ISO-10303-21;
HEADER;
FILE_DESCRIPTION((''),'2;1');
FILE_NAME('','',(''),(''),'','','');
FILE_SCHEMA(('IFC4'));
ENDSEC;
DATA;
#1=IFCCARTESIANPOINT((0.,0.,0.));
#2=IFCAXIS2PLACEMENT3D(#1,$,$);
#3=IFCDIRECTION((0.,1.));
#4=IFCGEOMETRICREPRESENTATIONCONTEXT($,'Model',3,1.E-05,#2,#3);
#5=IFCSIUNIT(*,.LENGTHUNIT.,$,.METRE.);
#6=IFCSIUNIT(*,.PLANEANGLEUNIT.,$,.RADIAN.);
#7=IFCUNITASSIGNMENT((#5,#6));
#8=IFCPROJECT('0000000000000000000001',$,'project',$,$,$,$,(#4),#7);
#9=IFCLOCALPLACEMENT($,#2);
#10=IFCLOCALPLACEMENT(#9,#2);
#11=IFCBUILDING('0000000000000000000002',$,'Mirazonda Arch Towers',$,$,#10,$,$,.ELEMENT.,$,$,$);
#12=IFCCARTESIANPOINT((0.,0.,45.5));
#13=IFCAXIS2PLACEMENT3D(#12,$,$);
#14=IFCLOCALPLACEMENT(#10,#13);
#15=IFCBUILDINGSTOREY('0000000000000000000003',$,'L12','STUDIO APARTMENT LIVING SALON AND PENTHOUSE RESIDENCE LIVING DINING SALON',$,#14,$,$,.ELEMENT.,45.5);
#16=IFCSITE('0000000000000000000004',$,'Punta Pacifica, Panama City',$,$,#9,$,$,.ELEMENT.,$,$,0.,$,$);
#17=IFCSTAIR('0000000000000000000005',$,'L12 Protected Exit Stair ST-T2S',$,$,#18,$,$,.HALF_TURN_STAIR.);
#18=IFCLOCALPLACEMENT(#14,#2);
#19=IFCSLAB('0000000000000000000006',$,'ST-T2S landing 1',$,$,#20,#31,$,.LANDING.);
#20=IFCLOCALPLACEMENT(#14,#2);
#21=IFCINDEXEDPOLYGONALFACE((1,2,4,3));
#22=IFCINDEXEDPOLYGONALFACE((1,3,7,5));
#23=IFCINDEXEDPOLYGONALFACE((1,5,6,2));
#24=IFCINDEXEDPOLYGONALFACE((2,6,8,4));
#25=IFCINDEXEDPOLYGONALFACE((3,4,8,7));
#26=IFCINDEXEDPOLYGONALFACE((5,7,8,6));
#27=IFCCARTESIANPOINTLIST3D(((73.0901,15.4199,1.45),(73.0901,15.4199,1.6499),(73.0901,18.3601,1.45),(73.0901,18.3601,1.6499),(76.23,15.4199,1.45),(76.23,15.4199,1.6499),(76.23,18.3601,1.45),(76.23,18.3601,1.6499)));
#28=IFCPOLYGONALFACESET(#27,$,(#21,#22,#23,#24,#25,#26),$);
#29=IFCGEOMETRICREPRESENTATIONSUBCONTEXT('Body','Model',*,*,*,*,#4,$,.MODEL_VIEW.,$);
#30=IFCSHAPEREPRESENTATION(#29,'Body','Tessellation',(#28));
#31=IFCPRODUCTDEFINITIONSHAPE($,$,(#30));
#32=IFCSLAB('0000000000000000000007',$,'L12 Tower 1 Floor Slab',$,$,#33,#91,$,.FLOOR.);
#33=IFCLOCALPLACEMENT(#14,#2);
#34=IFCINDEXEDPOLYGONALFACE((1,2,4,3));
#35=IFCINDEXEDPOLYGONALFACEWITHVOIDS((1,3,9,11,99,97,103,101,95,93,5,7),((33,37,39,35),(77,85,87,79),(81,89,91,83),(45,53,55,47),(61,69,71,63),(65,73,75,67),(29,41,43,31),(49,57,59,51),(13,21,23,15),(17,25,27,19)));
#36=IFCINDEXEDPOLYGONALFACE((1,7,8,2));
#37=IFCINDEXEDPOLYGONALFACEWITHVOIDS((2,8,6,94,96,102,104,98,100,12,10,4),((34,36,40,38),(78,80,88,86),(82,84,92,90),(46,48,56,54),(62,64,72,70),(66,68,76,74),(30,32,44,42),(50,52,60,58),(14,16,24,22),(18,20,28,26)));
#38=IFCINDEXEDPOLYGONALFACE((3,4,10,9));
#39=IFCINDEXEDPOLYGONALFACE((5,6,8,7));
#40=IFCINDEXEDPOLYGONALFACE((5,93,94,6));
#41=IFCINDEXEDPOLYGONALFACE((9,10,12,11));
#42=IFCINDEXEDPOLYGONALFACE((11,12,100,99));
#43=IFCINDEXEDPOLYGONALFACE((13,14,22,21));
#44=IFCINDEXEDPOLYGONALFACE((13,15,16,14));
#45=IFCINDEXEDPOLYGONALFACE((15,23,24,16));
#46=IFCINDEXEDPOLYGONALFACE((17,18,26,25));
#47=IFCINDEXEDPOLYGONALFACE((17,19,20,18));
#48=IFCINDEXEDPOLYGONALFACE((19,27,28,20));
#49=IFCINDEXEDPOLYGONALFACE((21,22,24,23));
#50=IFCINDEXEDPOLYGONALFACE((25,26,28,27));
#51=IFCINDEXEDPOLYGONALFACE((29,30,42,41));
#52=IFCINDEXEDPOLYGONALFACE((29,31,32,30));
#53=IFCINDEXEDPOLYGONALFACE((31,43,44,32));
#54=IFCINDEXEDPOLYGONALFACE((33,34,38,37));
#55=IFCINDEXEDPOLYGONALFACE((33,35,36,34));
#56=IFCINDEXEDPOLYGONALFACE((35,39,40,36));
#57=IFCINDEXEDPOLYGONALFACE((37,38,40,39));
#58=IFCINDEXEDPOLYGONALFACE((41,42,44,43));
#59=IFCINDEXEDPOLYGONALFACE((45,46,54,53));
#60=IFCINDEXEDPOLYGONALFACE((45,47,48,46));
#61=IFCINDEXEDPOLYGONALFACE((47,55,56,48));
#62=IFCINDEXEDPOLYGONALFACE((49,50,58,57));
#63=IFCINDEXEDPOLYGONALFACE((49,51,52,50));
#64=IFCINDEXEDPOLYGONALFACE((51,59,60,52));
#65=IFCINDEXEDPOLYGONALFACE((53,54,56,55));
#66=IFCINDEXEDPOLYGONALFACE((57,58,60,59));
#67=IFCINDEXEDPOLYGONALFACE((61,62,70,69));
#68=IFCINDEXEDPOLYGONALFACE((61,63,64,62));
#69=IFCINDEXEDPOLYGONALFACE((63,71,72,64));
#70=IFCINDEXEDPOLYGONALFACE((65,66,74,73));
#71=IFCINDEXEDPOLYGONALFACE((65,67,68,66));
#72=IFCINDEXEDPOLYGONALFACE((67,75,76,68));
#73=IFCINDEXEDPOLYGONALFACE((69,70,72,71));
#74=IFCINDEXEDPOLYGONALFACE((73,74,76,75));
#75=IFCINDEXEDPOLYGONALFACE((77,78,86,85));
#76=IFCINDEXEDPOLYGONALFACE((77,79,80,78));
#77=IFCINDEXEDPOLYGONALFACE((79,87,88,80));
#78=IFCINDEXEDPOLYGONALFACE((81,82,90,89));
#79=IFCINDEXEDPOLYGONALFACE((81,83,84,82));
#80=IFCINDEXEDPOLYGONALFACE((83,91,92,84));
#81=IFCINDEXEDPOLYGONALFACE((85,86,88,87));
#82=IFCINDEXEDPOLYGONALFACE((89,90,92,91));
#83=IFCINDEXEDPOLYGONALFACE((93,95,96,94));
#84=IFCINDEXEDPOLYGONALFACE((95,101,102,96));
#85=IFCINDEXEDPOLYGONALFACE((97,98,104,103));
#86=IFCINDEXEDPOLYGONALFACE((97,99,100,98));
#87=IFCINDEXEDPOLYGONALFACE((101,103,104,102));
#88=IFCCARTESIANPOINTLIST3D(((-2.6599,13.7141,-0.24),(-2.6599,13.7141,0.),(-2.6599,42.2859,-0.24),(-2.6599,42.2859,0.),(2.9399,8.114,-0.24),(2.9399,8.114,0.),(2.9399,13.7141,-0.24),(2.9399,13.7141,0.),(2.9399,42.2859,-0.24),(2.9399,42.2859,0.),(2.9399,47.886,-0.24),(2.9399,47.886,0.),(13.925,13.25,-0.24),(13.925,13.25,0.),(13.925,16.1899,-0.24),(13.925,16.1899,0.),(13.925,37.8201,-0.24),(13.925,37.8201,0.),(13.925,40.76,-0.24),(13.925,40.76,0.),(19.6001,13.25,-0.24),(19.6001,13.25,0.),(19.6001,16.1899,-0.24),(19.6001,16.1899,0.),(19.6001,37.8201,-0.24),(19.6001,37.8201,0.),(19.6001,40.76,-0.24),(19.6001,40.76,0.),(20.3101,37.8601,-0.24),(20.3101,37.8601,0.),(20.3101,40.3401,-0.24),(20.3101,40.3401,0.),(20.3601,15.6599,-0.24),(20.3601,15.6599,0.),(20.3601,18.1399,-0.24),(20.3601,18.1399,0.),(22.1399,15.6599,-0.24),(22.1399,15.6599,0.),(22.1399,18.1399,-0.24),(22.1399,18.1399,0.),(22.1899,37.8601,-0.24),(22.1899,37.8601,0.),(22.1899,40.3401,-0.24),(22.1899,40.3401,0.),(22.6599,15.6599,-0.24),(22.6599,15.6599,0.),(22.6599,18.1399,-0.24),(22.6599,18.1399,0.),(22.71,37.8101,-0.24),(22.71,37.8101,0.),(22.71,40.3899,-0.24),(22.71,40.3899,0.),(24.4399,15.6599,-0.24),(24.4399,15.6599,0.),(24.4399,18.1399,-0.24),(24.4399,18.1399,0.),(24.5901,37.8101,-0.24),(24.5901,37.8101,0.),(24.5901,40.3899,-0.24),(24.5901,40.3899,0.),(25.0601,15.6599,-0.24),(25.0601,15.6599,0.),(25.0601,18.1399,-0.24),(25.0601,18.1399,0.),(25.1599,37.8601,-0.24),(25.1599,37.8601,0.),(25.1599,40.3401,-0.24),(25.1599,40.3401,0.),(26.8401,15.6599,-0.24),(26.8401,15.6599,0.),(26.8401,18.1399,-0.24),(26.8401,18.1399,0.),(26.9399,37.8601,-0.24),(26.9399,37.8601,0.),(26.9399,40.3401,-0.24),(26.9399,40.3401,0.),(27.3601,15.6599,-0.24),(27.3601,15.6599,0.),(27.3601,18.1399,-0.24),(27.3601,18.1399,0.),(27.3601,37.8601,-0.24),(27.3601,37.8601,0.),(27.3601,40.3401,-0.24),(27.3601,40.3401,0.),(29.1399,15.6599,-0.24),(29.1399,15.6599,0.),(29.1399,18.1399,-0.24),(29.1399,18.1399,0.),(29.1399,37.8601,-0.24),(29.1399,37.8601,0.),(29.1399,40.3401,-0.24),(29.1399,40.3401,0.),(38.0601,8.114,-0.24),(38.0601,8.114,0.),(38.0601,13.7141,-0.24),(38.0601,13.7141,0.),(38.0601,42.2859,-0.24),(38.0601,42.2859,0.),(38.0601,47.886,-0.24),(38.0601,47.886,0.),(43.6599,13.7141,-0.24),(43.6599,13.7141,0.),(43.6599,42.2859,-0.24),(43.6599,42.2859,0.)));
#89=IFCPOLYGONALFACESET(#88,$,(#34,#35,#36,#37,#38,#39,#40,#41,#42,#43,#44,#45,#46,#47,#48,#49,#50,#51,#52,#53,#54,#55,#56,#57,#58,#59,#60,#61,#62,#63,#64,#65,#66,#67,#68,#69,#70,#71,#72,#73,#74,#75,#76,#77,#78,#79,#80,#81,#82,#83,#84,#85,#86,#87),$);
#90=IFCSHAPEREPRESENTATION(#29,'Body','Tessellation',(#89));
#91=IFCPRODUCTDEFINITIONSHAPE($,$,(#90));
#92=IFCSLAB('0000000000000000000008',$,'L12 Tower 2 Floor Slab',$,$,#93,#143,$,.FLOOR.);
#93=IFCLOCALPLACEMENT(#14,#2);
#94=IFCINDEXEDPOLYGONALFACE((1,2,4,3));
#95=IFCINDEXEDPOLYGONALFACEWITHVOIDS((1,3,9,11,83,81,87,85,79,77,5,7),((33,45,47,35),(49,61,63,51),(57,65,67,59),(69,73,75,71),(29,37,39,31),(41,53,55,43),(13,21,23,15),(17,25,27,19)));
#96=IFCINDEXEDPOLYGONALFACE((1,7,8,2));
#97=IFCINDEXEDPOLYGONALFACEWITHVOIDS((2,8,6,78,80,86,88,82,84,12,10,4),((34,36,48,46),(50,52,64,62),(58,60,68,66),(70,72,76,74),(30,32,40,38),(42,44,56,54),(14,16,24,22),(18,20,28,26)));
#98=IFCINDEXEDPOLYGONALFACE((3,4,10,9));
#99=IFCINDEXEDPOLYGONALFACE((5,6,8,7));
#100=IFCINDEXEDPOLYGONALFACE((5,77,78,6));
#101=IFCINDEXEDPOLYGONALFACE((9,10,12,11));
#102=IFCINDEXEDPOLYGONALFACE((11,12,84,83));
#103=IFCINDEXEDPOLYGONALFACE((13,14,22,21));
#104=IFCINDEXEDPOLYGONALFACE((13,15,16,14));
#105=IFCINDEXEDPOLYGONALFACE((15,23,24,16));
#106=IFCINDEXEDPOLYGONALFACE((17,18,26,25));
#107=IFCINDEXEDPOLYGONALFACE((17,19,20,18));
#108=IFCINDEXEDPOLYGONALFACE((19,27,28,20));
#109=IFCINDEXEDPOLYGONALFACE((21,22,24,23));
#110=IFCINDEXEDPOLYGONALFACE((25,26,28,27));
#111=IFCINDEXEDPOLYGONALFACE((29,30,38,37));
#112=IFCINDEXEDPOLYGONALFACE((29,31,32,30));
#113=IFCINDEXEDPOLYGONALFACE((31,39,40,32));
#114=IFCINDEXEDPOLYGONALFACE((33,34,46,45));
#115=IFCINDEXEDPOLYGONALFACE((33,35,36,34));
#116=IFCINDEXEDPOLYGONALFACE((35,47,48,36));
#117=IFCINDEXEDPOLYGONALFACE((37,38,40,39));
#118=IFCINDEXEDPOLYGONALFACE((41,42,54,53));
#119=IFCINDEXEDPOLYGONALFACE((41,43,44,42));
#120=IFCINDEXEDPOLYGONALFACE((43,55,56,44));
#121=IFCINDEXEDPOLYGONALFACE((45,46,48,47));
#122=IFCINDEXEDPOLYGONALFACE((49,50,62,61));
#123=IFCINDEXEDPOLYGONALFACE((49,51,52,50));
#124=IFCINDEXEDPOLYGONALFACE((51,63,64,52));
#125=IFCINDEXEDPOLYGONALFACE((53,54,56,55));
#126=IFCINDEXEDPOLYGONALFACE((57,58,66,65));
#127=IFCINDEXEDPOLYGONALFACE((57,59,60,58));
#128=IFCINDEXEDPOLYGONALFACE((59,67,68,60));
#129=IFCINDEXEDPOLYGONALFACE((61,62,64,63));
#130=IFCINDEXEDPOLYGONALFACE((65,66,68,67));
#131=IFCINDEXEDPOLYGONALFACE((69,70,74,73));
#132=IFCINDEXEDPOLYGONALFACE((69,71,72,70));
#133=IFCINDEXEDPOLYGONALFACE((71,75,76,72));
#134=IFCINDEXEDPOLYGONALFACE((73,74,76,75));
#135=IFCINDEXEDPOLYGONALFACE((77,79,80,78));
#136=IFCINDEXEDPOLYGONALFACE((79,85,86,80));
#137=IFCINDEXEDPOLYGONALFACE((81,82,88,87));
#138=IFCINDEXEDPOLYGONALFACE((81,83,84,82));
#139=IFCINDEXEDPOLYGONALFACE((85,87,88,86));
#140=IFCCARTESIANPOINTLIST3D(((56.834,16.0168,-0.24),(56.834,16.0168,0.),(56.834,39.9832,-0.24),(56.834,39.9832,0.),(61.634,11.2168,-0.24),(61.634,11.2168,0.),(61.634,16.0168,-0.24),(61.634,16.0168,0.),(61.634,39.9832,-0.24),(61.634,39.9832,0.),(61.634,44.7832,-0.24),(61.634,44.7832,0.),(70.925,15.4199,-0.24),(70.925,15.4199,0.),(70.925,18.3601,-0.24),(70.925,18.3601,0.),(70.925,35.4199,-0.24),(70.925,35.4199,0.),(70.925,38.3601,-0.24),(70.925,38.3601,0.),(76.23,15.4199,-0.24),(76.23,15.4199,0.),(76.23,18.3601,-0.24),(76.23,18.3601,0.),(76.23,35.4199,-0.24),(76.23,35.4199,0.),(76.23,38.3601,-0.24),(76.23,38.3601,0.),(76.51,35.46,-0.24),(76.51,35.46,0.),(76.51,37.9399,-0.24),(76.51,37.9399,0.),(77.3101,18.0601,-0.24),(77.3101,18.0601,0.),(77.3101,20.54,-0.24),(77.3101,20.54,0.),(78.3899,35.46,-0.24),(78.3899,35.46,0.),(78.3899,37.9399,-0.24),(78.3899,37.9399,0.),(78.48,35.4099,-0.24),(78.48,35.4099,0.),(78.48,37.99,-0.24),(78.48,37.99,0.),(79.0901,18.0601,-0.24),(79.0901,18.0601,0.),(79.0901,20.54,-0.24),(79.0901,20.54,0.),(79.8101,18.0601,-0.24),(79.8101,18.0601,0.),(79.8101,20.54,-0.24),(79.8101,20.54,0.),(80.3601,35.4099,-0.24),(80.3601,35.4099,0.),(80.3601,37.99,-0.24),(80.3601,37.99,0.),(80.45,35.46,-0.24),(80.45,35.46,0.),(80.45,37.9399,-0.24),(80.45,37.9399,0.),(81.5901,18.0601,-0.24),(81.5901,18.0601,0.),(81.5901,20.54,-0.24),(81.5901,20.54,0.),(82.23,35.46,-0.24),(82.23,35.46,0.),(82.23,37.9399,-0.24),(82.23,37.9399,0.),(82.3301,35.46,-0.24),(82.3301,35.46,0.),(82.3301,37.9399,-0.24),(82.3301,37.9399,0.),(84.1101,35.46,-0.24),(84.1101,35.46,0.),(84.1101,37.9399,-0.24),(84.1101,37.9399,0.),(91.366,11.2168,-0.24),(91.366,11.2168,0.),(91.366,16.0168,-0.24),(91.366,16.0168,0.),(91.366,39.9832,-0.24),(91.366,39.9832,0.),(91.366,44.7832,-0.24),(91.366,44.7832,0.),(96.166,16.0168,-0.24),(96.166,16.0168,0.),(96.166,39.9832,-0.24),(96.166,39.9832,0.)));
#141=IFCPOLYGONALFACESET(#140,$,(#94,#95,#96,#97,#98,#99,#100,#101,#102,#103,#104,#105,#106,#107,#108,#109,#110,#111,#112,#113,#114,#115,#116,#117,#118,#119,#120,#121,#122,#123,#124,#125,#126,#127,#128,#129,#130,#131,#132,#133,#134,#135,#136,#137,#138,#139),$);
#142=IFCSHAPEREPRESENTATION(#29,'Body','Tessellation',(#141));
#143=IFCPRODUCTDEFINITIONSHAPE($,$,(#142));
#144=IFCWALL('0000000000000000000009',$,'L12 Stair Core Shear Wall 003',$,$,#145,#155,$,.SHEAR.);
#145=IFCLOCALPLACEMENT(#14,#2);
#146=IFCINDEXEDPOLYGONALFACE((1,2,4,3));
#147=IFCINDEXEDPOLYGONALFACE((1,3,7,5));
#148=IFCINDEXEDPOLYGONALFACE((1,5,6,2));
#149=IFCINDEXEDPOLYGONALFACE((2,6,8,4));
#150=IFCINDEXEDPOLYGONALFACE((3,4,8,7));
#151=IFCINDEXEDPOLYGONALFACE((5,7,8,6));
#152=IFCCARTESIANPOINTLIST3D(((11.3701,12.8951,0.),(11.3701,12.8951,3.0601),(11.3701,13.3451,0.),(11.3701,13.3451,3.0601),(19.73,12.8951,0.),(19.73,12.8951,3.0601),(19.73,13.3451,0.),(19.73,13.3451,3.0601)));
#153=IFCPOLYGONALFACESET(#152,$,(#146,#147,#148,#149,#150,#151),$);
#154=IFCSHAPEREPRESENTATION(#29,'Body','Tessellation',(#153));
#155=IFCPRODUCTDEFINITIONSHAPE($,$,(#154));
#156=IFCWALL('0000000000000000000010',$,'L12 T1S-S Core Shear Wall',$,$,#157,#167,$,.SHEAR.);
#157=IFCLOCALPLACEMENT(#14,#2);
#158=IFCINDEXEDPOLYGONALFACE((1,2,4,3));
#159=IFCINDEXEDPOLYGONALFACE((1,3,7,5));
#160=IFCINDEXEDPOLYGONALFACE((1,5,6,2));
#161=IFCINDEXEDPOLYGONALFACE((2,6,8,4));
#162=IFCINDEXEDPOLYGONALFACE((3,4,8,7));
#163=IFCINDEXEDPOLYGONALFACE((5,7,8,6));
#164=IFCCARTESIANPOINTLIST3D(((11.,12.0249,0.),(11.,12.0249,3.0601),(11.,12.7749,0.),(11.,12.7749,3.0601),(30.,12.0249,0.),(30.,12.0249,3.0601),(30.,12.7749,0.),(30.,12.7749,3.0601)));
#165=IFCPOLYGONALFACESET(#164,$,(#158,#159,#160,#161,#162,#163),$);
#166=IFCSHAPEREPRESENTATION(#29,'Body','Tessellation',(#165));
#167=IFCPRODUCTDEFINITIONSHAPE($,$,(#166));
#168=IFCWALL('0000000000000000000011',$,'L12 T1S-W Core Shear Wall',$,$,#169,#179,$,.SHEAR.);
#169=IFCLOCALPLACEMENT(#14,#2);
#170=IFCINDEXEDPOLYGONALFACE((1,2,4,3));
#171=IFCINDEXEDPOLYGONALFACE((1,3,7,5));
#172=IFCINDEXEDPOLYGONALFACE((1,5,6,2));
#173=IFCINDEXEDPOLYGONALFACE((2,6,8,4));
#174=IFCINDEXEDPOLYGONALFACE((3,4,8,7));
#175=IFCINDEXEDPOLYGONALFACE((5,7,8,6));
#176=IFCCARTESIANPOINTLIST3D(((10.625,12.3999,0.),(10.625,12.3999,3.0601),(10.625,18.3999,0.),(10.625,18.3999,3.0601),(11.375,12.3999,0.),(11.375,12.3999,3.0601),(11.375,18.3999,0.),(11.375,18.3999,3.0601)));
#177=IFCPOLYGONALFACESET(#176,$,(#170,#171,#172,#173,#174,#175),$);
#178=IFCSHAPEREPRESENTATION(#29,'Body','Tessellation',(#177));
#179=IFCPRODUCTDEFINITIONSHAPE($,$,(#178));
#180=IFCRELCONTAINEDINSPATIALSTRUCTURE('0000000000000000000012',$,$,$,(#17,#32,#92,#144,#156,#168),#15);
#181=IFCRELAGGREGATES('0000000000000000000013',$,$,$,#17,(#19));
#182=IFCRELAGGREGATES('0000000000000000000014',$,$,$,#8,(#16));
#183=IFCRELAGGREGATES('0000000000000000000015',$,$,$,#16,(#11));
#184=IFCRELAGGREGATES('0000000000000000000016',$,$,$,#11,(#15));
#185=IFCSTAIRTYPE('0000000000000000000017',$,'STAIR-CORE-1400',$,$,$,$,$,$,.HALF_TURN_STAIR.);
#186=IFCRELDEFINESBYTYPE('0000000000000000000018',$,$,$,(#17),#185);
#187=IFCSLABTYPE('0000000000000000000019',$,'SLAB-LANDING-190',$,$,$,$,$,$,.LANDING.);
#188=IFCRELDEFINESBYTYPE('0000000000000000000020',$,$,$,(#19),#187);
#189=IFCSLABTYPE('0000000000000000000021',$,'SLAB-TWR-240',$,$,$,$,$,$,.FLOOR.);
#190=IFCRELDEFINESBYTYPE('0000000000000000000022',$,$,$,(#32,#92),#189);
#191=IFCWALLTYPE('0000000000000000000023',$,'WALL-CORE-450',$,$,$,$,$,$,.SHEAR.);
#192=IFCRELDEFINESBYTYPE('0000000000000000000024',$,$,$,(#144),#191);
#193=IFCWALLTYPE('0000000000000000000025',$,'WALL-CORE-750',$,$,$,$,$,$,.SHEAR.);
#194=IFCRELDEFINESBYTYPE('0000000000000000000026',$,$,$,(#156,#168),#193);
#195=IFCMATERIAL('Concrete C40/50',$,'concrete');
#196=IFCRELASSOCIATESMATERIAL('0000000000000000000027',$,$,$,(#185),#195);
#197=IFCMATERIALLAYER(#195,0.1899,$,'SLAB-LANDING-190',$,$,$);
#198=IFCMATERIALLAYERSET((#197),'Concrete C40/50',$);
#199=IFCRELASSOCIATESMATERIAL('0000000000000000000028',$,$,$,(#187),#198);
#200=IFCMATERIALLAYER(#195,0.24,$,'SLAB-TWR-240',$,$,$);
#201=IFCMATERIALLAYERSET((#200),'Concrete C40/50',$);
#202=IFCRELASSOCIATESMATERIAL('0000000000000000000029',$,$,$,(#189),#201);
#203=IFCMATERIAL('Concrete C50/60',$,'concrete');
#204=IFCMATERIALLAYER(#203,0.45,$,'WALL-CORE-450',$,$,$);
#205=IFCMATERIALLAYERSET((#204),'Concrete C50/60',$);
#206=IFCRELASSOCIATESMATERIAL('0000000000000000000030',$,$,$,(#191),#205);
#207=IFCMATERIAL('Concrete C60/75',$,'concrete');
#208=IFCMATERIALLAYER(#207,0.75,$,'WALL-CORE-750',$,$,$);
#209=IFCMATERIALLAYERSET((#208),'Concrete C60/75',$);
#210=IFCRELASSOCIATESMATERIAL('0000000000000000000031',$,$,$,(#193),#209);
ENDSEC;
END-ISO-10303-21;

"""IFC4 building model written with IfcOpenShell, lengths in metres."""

from ifc_helpers import new_model, si_unit, direction, frame, frame_2d, origin, place, context, subcontext, project, spatial, polyline, rectangle, outline, extrude, material, layer, layer_set, type_object, element, aggregate, save


model = new_model("IFC4")

# Units and contexts
model_context = context("Model", 3, precision=1e-05, world=origin(), true_north=direction((0.0, 1.0)))
body_context = subcontext(model_context, "Body", "Model", "MODEL_VIEW")
ifc_project = project(units=[si_unit("LENGTHUNIT", "METRE"), si_unit("PLANEANGLEUNIT", "RADIAN")], contexts=[model_context])

# Site, building, storey
site_placement = place(None, origin())
site = spatial("IfcSite", under=ifc_project, at=site_placement, Name="Punta Pacifica, Panama City", CompositionType="ELEMENT", RefElevation=0.0)
building_placement = place(site_placement, origin())
building = spatial("IfcBuilding", under=site, at=building_placement, Name="Mirazonda Arch Towers", CompositionType="ELEMENT")
storey_placement = place(building_placement, frame((0.0, 0.0, 45.5)))
storey = spatial("IfcBuildingStorey", under=building, at=storey_placement, Name="L12", Description="STUDIO APARTMENT LIVING SALON AND PENTHOUSE RESIDENCE LIVING DINING SALON", CompositionType="ELEMENT", Elevation=45.5)

# Shared definitions
ifc_material_1 = material(Name="Concrete C60/75", Category="concrete")

# Stair, slab
ifc_material_2 = material(Name="Concrete C40/50", Category="concrete")
stair_type = type_object("IfcStairType", Name="STAIR-CORE-1400", PredefinedType="HALF_TURN_STAIR", material=ifc_material_2)
ifc_layer_1 = layer(ifc_material_2, 0.1899, Name="SLAB-LANDING-190")
ifc_layer_set_1 = layer_set([ifc_layer_1], Name="Concrete C40/50")
slab_type_1 = type_object("IfcSlabType", Name="SLAB-LANDING-190", PredefinedType="LANDING", material=ifc_layer_set_1)
stair_1_placement = place(storey_placement, origin())
stair_1 = element("IfcStair", 1, at=stair_1_placement, inside=storey, type_object=stair_type, Name="L12 Protected Exit Stair ST-T2S", PredefinedType="HALF_TURN_STAIR")
slab_1_placement = place(storey_placement, frame((0.0, 0.0, 1.45)))
slab_1 = element("IfcSlab", 2, at=slab_1_placement, type_object=slab_type_1, Name="ST-T2S landing 1", PredefinedType="LANDING", context=body_context, shape_type="SweptSolid", body=[
    extrude(outline(polyline([(73.0901, 15.4199), (76.23, 15.4199), (76.23, 18.3601), (73.0901, 18.3601), (73.0901, 15.4199)])), origin(), (0.0, 0.0, 1.0), 0.2),
])
aggregate(stair_1, [slab_1])

# Slabs
ifc_layer_2 = layer(ifc_material_2, 0.24, Name="SLAB-TWR-240")
ifc_layer_set_2 = layer_set([ifc_layer_2], Name="Concrete C40/50")
slab_type_2 = type_object("IfcSlabType", Name="SLAB-TWR-240", PredefinedType="FLOOR", material=ifc_layer_set_2)
slab_2_placement = place(storey_placement, frame((0.0, 0.0, -0.24)))
element("IfcSlab", 3, at=slab_2_placement, inside=storey, type_object=slab_type_2, Name="L12 Tower 1 Floor Slab", PredefinedType="FLOOR", context=body_context, shape_type="SweptSolid", body=[
    extrude(outline(polyline([(2.9399, 8.114), (38.0601, 8.114), (38.0601, 13.7141), (43.6599, 13.7141), (43.6599, 42.2859), (38.0601, 42.2859), (38.0601, 47.886), (2.9399, 47.886), (2.9399, 42.2859), (-2.6599, 42.2859), (-2.6599, 13.7141), (2.9399, 13.7141), (2.9399, 8.114)]), holes=[polyline([(29.1399, 18.1399), (29.1399, 15.6599), (27.3601, 15.6599), (27.3601, 18.1399), (29.1399, 18.1399)]), polyline([(29.1399, 40.3401), (29.1399, 37.8601), (27.3601, 37.8601), (27.3601, 40.3401), (29.1399, 40.3401)]), polyline([(25.1599, 40.3401), (26.9399, 40.3401), (26.9399, 37.8601), (25.1599, 37.8601), (25.1599, 40.3401)]), polyline([(26.8401, 18.1399), (26.8401, 15.6599), (25.0601, 15.6599), (25.0601, 18.1399), (26.8401, 18.1399)]), polyline([(22.71, 40.3899), (24.5901, 40.3899), (24.5901, 37.8101), (22.71, 37.8101), (22.71, 40.3899)]), polyline([(22.6599, 18.1399), (24.4399, 18.1399), (24.4399, 15.6599), (22.6599, 15.6599), (22.6599, 18.1399)]), polyline([(20.3101, 40.3401), (22.1899, 40.3401), (22.1899, 37.8601), (20.3101, 37.8601), (20.3101, 40.3401)]), polyline([(20.3601, 18.1399), (22.1399, 18.1399), (22.1399, 15.6599), (20.3601, 15.6599), (20.3601, 18.1399)]), polyline([(13.925, 40.76), (19.6001, 40.76), (19.6001, 37.8201), (13.925, 37.8201), (13.925, 40.76)]), polyline([(13.925, 13.25), (13.925, 16.1899), (19.6001, 16.1899), (19.6001, 13.25), (13.925, 13.25)])]), origin(), (0.0, 0.0, 1.0), 0.24),
])
slab_3_placement = place(storey_placement, frame((0.0, 0.0, -0.24)))
element("IfcSlab", 4, at=slab_3_placement, inside=storey, type_object=slab_type_2, Name="L12 Tower 2 Floor Slab", PredefinedType="FLOOR", context=body_context, shape_type="SweptSolid", body=[
    extrude(outline(polyline([(61.634, 11.2168), (91.366, 11.2168), (91.366, 16.0168), (96.166, 16.0168), (96.166, 39.9832), (91.366, 39.9832), (91.366, 44.7832), (61.634, 44.7832), (61.634, 39.9832), (56.834, 39.9832), (56.834, 16.0168), (61.634, 16.0168), (61.634, 11.2168)]), holes=[polyline([(82.3301, 37.9399), (84.1101, 37.9399), (84.1101, 35.46), (82.3301, 35.46), (82.3301, 37.9399)]), polyline([(80.45, 37.9399), (82.23, 37.9399), (82.23, 35.46), (80.45, 35.46), (80.45, 37.9399)]), polyline([(79.8101, 20.54), (81.5901, 20.54), (81.5901, 18.0601), (79.8101, 18.0601), (79.8101, 20.54)]), polyline([(78.48, 37.99), (80.3601, 37.99), (80.3601, 35.4099), (78.48, 35.4099), (78.48, 37.99)]), polyline([(77.3101, 20.54), (79.0901, 20.54), (79.0901, 18.0601), (77.3101, 18.0601), (77.3101, 20.54)]), polyline([(76.51, 37.9399), (78.3899, 37.9399), (78.3899, 35.46), (76.51, 35.46), (76.51, 37.9399)]), polyline([(70.925, 15.4199), (70.925, 18.3601), (76.23, 18.3601), (76.23, 15.4199), (70.925, 15.4199)]), polyline([(70.925, 35.4199), (70.925, 38.3601), (76.23, 38.3601), (76.23, 35.4199), (70.925, 35.4199)])]), origin(), (0.0, 0.0, 1.0), 0.24),
])

# Walls
ifc_material_3 = material(Name="Concrete C50/60", Category="concrete")
ifc_layer_3 = layer(ifc_material_3, 0.45, Name="WALL-CORE-450")
ifc_layer_set_3 = layer_set([ifc_layer_3], Name="Concrete C50/60")
wall_type_1 = type_object("IfcWallType", Name="WALL-CORE-450", PredefinedType="SHEAR", material=ifc_layer_set_3)
wall_1_placement = place(storey_placement, frame((11.3701, 13.1201, 0.0), z_axis=(0.0, 0.0, 1.0), x_axis=(1.0, 0.0, 0.0)))
element("IfcWall", 5, at=wall_1_placement, inside=storey, type_object=wall_type_1, Name="L12 Stair Core Shear Wall 003", PredefinedType="SHEAR", context=body_context, shape_type="SweptSolid", body=[
    extrude(rectangle(XDim=8.3599, YDim=0.45, at=frame_2d((4.1799, 0.0))), origin(), (0.0, 0.0, 1.0), 3.0601),
])
ifc_layer_4 = layer(ifc_material_1, 0.75, Name="WALL-CORE-750")
ifc_layer_set_4 = layer_set([ifc_layer_4], Name="Concrete C60/75")
wall_type_2 = type_object("IfcWallType", Name="WALL-CORE-750", PredefinedType="SHEAR", material=ifc_layer_set_4)
wall_2_placement = place(storey_placement, frame((11.0, 12.3999, 0.0), z_axis=(0.0, 0.0, 1.0), x_axis=(1.0, 0.0, 0.0)))
element("IfcWall", 6, at=wall_2_placement, inside=storey, type_object=wall_type_2, Name="L12 T1S-S Core Shear Wall", PredefinedType="SHEAR", context=body_context, shape_type="SweptSolid", body=[
    extrude(rectangle(XDim=19.0, YDim=0.75, at=frame_2d((9.5, 0.0))), origin(), (0.0, 0.0, 1.0), 3.0601),
])
wall_3_placement = place(storey_placement, frame((11.0, 12.3999, 0.0), z_axis=(0.0, 0.0, 1.0), x_axis=(0.0, 1.0, 0.0)))
element("IfcWall", 7, at=wall_3_placement, inside=storey, type_object=wall_type_2, Name="L12 T1S-W Core Shear Wall", PredefinedType="SHEAR", context=body_context, shape_type="SweptSolid", body=[
    extrude(rectangle(XDim=6.0, YDim=0.75, at=frame_2d((3.0, 0.0))), origin(), (0.0, 0.0, 1.0), 3.0601),
])

save(model, "model.ifc")
